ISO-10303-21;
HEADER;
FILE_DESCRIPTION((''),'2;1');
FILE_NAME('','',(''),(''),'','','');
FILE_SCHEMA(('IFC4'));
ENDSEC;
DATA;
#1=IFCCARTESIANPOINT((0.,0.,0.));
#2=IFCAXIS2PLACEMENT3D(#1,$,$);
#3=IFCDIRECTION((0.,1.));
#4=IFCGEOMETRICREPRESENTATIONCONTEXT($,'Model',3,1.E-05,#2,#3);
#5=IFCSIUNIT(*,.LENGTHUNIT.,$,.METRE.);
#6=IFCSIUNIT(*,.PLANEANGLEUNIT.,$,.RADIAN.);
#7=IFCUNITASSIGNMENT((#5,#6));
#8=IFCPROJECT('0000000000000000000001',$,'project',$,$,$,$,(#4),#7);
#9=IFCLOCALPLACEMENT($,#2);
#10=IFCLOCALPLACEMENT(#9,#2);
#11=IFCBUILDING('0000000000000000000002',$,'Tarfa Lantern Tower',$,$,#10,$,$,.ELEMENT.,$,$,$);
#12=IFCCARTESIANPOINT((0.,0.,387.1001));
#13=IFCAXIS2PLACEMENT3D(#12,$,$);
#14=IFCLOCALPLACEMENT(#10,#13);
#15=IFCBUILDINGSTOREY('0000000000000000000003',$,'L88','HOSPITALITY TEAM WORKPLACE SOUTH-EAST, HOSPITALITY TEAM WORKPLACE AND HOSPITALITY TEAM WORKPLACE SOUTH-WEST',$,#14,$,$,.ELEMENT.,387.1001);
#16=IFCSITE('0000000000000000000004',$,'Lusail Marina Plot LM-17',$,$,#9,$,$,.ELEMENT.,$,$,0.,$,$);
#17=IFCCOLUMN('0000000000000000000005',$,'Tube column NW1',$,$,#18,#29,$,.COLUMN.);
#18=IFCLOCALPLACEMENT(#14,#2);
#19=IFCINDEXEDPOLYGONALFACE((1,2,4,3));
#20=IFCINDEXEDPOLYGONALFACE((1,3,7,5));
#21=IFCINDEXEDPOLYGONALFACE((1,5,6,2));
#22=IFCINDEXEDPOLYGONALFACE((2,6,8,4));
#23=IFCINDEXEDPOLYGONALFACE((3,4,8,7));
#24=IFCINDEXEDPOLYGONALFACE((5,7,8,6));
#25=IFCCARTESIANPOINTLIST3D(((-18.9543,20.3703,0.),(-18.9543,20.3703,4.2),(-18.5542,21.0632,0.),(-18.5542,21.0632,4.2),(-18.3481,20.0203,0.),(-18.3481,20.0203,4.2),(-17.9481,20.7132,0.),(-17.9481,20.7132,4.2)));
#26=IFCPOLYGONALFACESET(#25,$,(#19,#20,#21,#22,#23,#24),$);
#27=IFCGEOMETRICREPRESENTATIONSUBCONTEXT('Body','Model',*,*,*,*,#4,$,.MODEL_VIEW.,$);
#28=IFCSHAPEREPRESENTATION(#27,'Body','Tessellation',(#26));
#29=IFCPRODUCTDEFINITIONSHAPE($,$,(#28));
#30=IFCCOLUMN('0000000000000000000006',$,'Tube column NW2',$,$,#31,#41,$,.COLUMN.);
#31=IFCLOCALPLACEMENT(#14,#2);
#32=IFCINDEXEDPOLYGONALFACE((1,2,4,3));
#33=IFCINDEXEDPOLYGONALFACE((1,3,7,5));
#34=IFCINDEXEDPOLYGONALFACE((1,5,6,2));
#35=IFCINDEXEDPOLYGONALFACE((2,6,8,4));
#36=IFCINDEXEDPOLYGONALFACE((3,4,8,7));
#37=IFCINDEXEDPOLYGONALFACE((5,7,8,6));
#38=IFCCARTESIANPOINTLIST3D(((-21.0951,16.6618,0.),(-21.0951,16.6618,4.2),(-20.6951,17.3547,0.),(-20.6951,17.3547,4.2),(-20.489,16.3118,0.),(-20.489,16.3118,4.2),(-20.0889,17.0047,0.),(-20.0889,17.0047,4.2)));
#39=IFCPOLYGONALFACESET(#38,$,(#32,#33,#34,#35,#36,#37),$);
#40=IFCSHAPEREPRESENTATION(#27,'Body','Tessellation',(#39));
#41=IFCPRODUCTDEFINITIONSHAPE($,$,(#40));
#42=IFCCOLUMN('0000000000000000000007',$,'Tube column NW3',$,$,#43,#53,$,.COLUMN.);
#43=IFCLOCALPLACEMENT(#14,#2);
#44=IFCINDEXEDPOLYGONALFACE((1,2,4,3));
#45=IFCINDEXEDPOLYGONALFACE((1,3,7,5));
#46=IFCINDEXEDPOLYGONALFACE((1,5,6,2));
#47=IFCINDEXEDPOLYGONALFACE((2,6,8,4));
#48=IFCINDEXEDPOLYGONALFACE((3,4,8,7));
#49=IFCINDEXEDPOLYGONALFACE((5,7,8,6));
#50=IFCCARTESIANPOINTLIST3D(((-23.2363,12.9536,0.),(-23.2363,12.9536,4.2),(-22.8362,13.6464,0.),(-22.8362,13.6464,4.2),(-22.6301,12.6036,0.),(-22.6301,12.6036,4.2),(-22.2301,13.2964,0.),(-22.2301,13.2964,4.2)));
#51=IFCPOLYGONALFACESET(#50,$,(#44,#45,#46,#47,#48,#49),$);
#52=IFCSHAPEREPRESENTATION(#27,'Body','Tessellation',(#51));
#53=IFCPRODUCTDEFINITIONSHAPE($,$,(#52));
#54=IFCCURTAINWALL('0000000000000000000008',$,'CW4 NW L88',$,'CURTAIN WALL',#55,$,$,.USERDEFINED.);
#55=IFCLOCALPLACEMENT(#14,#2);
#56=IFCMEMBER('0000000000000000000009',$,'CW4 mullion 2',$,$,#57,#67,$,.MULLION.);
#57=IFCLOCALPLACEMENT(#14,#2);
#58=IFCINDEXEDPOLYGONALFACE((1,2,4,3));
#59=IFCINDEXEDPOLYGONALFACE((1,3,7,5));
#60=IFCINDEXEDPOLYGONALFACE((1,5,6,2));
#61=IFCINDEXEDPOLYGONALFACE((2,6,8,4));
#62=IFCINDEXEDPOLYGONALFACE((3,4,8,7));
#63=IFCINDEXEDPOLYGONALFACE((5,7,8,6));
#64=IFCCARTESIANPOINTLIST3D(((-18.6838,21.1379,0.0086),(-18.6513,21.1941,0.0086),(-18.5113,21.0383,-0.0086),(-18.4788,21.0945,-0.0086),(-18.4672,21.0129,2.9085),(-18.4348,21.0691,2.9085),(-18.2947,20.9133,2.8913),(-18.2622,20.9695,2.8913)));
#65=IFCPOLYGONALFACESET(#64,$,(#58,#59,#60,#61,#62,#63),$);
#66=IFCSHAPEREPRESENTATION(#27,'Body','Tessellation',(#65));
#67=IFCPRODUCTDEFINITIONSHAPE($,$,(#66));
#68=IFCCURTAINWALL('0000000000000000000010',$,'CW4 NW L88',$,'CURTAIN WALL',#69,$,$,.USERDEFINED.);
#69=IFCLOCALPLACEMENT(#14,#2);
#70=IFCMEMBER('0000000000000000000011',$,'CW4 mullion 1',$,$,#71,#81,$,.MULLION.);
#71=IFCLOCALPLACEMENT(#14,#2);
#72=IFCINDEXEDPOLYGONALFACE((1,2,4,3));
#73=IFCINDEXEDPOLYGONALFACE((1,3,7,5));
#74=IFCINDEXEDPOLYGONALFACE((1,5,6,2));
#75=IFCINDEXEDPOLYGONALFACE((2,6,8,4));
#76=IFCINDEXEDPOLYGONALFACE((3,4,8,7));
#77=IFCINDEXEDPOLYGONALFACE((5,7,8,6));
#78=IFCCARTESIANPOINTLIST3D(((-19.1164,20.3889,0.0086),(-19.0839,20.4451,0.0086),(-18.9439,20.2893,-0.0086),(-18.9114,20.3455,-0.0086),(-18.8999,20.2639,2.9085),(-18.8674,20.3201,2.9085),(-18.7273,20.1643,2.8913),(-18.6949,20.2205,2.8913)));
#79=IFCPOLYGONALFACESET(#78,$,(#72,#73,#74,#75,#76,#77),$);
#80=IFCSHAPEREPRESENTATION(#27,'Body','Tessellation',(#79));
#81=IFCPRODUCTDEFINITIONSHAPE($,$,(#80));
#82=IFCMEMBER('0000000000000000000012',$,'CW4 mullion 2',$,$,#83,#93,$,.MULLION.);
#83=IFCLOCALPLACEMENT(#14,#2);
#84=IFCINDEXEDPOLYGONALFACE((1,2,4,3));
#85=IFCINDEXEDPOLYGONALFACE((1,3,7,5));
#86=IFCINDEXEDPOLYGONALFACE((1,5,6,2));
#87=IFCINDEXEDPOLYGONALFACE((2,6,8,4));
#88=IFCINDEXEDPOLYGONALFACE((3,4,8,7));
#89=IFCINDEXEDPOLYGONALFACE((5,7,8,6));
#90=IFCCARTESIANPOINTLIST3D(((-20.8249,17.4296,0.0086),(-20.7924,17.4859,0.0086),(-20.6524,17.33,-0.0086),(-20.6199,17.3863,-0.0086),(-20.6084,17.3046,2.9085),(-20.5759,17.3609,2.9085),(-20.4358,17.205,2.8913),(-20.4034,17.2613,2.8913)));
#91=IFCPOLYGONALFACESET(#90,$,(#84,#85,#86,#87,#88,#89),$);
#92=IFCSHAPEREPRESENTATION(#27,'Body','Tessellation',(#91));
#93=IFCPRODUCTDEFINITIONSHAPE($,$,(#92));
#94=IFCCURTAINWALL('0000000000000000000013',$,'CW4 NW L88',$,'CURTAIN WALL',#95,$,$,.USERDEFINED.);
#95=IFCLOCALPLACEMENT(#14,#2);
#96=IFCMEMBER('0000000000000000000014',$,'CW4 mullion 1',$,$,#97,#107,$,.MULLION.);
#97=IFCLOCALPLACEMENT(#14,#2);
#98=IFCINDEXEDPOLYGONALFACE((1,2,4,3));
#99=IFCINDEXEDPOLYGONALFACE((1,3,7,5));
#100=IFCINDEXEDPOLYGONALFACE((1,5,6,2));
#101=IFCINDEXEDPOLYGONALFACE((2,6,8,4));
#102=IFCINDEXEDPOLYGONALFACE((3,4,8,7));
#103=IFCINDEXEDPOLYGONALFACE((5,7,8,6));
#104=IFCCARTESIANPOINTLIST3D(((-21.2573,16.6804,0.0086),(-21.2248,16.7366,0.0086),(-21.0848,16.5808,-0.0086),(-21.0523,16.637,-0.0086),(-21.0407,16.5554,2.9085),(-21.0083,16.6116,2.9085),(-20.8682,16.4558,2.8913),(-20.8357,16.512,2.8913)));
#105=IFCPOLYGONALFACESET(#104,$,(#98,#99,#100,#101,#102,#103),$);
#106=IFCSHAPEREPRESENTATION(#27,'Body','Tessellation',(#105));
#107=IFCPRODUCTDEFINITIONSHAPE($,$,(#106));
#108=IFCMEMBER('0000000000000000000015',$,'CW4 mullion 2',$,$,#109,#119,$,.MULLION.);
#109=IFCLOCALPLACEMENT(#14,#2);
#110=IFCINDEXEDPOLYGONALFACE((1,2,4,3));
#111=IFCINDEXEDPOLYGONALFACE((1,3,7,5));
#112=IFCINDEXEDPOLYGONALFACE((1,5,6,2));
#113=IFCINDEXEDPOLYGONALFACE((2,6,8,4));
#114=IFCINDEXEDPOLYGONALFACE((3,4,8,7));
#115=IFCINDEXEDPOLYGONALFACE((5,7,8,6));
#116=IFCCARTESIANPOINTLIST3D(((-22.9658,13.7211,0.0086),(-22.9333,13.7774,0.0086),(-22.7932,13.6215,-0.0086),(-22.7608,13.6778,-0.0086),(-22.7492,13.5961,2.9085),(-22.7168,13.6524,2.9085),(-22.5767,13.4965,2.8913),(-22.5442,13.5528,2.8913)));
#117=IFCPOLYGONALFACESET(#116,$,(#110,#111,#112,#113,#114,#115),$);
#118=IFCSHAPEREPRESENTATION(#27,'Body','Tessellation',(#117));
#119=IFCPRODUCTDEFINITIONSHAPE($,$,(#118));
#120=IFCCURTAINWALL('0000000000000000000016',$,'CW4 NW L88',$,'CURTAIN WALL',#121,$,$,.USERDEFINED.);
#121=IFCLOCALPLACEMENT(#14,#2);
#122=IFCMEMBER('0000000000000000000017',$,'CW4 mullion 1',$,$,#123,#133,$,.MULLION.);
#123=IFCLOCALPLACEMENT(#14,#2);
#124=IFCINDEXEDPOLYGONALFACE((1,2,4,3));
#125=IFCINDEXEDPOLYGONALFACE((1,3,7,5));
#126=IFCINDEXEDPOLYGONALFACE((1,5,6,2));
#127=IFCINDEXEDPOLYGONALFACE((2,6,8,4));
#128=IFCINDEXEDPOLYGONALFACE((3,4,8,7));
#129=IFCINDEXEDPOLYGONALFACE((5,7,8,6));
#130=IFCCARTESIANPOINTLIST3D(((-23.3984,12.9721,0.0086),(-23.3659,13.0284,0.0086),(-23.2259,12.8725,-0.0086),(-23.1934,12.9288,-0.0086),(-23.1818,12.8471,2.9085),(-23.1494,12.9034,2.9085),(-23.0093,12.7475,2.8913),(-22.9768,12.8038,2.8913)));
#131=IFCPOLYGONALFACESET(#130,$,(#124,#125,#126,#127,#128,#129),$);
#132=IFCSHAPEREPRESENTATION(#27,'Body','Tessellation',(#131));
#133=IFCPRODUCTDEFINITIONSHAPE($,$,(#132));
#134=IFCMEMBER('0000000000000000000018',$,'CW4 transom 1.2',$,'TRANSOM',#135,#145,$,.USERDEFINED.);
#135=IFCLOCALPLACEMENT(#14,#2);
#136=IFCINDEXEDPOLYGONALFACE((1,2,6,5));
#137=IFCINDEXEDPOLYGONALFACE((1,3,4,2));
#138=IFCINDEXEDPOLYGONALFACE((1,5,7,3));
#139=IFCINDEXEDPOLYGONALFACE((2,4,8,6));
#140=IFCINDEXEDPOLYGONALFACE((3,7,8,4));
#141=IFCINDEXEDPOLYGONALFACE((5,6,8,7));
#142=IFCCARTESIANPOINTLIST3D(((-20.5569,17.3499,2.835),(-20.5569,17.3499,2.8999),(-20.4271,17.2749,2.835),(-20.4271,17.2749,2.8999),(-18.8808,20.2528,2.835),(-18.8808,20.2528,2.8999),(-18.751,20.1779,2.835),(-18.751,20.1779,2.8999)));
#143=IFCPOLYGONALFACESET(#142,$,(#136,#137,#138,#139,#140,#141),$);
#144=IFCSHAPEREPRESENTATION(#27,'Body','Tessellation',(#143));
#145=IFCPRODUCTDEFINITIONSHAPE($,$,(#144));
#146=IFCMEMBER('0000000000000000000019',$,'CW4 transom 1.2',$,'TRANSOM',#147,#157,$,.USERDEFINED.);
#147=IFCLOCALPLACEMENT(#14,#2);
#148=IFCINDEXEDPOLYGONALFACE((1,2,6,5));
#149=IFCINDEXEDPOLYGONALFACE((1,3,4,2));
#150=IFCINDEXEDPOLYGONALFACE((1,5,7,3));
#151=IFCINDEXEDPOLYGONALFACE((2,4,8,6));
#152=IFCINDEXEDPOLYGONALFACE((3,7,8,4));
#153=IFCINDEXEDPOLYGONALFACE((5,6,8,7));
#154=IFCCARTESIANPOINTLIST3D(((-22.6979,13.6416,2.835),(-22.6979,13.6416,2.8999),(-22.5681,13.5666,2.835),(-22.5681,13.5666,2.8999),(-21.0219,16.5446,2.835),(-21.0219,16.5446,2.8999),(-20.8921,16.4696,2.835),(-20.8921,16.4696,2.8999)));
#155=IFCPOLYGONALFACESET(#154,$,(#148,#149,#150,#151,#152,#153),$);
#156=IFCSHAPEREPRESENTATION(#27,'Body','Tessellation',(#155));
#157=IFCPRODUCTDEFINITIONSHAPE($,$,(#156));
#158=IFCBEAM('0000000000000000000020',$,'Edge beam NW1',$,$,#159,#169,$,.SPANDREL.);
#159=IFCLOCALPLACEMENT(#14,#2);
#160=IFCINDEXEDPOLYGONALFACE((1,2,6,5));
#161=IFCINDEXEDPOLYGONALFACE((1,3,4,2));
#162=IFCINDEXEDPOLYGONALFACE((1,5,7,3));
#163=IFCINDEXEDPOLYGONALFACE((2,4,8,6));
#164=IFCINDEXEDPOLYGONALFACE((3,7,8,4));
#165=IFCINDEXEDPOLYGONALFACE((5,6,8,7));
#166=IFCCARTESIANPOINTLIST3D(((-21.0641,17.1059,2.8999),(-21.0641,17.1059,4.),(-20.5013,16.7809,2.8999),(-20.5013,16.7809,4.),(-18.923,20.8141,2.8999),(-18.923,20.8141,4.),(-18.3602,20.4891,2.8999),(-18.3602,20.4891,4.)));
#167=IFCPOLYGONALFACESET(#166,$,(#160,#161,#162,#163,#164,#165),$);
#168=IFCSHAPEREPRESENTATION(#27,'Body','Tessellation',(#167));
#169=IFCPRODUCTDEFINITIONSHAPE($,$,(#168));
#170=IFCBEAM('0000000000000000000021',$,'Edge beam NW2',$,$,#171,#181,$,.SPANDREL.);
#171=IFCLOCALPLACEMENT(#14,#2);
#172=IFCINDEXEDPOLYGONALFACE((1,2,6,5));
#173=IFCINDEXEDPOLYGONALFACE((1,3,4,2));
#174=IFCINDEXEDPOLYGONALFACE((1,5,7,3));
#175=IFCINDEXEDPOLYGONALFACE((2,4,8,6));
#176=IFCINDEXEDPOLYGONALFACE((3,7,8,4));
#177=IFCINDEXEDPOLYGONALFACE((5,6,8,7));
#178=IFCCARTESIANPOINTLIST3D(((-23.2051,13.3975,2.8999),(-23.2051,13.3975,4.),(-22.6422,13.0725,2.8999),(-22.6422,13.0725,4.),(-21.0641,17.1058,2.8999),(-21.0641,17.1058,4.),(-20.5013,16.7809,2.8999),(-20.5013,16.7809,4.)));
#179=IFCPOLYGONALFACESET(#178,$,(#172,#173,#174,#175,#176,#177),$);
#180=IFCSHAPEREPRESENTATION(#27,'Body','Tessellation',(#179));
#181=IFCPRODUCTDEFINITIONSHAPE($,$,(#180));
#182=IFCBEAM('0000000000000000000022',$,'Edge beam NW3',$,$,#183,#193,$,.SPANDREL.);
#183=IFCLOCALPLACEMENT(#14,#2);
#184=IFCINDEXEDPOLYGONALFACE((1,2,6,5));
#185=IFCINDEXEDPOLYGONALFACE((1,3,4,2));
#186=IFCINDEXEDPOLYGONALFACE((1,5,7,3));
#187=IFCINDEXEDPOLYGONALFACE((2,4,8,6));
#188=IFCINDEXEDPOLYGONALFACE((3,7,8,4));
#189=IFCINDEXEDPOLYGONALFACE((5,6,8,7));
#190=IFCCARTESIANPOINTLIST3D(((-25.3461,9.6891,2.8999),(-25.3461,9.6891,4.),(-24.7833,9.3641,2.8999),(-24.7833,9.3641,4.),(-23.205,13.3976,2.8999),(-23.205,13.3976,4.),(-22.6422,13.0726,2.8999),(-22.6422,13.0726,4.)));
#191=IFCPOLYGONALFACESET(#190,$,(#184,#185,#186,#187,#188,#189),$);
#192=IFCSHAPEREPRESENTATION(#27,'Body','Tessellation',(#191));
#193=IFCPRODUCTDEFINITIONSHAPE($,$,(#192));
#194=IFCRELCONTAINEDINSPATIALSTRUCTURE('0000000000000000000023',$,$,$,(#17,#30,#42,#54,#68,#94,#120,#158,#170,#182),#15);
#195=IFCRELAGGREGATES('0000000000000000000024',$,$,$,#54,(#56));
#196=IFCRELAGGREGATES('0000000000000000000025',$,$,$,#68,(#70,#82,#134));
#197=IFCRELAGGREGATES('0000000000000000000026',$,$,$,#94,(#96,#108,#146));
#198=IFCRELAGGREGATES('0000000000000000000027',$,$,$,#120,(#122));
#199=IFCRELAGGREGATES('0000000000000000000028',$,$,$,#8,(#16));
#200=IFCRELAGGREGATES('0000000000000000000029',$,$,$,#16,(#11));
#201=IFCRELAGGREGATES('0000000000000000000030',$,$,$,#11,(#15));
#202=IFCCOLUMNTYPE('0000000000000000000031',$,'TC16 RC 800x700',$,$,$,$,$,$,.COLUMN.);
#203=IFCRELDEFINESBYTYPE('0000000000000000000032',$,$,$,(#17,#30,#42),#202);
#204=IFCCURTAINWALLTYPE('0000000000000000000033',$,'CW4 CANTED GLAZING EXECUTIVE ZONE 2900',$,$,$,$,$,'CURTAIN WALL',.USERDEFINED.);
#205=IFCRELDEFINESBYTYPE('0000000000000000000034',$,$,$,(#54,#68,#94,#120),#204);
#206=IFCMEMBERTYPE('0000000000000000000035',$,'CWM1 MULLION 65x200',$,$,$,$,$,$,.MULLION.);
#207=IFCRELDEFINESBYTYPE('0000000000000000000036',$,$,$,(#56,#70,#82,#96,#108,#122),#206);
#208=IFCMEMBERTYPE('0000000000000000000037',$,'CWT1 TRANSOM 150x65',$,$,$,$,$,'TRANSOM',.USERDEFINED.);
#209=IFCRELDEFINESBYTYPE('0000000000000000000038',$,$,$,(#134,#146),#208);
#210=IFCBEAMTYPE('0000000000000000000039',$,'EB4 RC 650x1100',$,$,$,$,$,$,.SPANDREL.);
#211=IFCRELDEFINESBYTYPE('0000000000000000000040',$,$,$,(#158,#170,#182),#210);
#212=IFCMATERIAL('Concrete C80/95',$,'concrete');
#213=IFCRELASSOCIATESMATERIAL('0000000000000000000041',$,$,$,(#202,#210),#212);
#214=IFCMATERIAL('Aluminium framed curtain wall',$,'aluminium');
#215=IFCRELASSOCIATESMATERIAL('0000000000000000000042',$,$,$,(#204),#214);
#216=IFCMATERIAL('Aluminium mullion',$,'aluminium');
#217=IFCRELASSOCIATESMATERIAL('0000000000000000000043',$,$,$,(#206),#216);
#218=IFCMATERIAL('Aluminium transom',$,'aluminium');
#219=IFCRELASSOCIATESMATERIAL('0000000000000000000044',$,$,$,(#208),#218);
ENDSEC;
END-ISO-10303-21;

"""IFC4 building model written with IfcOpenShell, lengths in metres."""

from ifc_helpers import new_model, si_unit, direction, frame, origin, origin_2d, place, context, subcontext, project, spatial, rectangle, extrude, material, material_profile, profile_set, type_object, element, aggregate, save


model = new_model("IFC4")

# Units and contexts
model_context = context("Model", 3, precision=1e-05, world=origin(), true_north=direction((0.0, 1.0)))
body_context = subcontext(model_context, "Body", "Model", "MODEL_VIEW")
ifc_project = project(units=[si_unit("LENGTHUNIT", "METRE"), si_unit("PLANEANGLEUNIT", "RADIAN")], contexts=[model_context])

# Site, building, storey
site_placement = place(None, origin())
site = spatial("IfcSite", under=ifc_project, at=site_placement, Name="Lusail Marina Plot LM-17", CompositionType="ELEMENT", RefElevation=0.0)
building_placement = place(site_placement, origin())
building = spatial("IfcBuilding", under=site, at=building_placement, Name="Tarfa Lantern Tower", CompositionType="ELEMENT")
storey_placement = place(building_placement, frame((0.0, 0.0, 387.1001)))
storey = spatial("IfcBuildingStorey", under=building, at=storey_placement, Name="L88", Description="HOSPITALITY TEAM WORKPLACE SOUTH-EAST, HOSPITALITY TEAM WORKPLACE AND HOSPITALITY TEAM WORKPLACE SOUTH-WEST", CompositionType="ELEMENT", Elevation=387.1001)

# Columns
ifc_material_1 = material(Name="Concrete C80/95", Category="concrete")
ifc_material_profile_1 = material_profile(ifc_material_1, rectangle(XDim=0.8, YDim=0.7, at=origin_2d()), Name="RC 800x700")
ifc_profile_set_1 = profile_set([ifc_material_profile_1], Name="Concrete C80/95")
column_type = type_object("IfcColumnType", Name="TC16 RC 800x700", PredefinedType="COLUMN", material=ifc_profile_set_1)
for number, where, z_axis, x_axis, name in (
    (1, (-18.4512, 20.5417, 0.0), (0.0, 0.0, 1.0), (-0.5, -0.866025, 0.0), "Tube column NW1"),
    (2, (-20.592, 16.8333, 0.0), (0.0, 0.0, 1.0), (-0.5, -0.866025, 0.0), "Tube column NW2"),
    (3, (-22.7332, 13.125, 0.0), (0.0, 0.0, 1.0), (-0.5, -0.866025, 0.0), "Tube column NW3"),
):
    element("IfcColumn", number, at=place(storey_placement, frame(where, z_axis=z_axis, x_axis=x_axis)), inside=storey, type_object=column_type, Name=name, PredefinedType="COLUMN", context=body_context, shape_type="SweptSolid", body=[
        extrude(rectangle(XDim=0.8, YDim=0.7, at=origin_2d()), origin(), (0.0, 0.0, 1.0), 4.2),
    ])

# Curtain wall, member
ifc_material_2 = material(Name="Aluminium framed curtain wall", Category="aluminium")
curtain_wall_type = type_object("IfcCurtainWallType", Name="CW4 CANTED GLAZING EXECUTIVE ZONE 2900", ElementType="CURTAIN WALL", PredefinedType="USERDEFINED", material=ifc_material_2)
curtain_wall_1_placement = place(storey_placement, origin())
curtain_wall_1 = element("IfcCurtainWall", 4, at=curtain_wall_1_placement, inside=storey, type_object=curtain_wall_type, Name="CW4 NW L88", ObjectType="CURTAIN WALL", PredefinedType="USERDEFINED")
ifc_material_3 = material(Name="Aluminium mullion", Category="aluminium")
ifc_material_profile_2 = material_profile(ifc_material_3, rectangle(XDim=0.0649, YDim=0.2, at=origin_2d()), Name="AL MULLION 65x200")
ifc_profile_set_2 = profile_set([ifc_material_profile_2], Name="Aluminium mullion")
member_type_1 = type_object("IfcMemberType", Name="CWM1 MULLION 65x200", PredefinedType="MULLION", material=ifc_profile_set_2)
member_1_placement = place(storey_placement, frame((-18.5813, 21.1162, 0.0), z_axis=(0.0744, -0.042946, 0.996303), x_axis=(0.49992, 0.866072, 0.0)))
member_1 = element("IfcMember", 5, at=member_1_placement, type_object=member_type_1, Name="CW4 mullion 2", PredefinedType="MULLION", context=body_context, shape_type="SweptSolid", body=[
    extrude(rectangle(XDim=0.0649, YDim=0.2, at=origin_2d()), origin(), (0.0, 0.0, 1.0), 2.9106),
])
aggregate(curtain_wall_1, [member_1])

# Curtain walls, members
curtain_wall_2_placement = place(storey_placement, origin())
curtain_wall_2 = element("IfcCurtainWall", 6, at=curtain_wall_2_placement, inside=storey, type_object=curtain_wall_type, Name="CW4 NW L88", ObjectType="CURTAIN WALL", PredefinedType="USERDEFINED")
member_2_placement = place(storey_placement, frame((-19.0139, 20.3672, 0.0), z_axis=(0.0744, -0.042946, 0.996303), x_axis=(0.49992, 0.866072, 0.0)))
member_2 = element("IfcMember", 7, at=member_2_placement, type_object=member_type_1, Name="CW4 mullion 1", PredefinedType="MULLION", context=body_context, shape_type="SweptSolid", body=[
    extrude(rectangle(XDim=0.0649, YDim=0.2, at=origin_2d()), origin(), (0.0, 0.0, 1.0), 2.9106),
])
member_3_placement = place(storey_placement, frame((-20.7224, 17.408, 0.0), z_axis=(0.0744, -0.042946, 0.996303), x_axis=(0.49992, 0.866072, 0.0)))
member_3 = element("IfcMember", 8, at=member_3_placement, type_object=member_type_1, Name="CW4 mullion 2", PredefinedType="MULLION", context=body_context, shape_type="SweptSolid", body=[
    extrude(rectangle(XDim=0.0649, YDim=0.2, at=origin_2d()), origin(), (0.0, 0.0, 1.0), 2.9106),
])
curtain_wall_3_placement = place(storey_placement, origin())
curtain_wall_3 = element("IfcCurtainWall", 9, at=curtain_wall_3_placement, inside=storey, type_object=curtain_wall_type, Name="CW4 NW L88", ObjectType="CURTAIN WALL", PredefinedType="USERDEFINED")
member_4_placement = place(storey_placement, frame((-21.1548, 16.6587, 0.0), z_axis=(0.0744, -0.042946, 0.996303), x_axis=(0.49992, 0.866072, 0.0)))
member_4 = element("IfcMember", 10, at=member_4_placement, type_object=member_type_1, Name="CW4 mullion 1", PredefinedType="MULLION", context=body_context, shape_type="SweptSolid", body=[
    extrude(rectangle(XDim=0.0649, YDim=0.2, at=origin_2d()), origin(), (0.0, 0.0, 1.0), 2.9106),
])
member_5_placement = place(storey_placement, frame((-22.8633, 13.6995, 0.0), z_axis=(0.0744, -0.042946, 0.996303), x_axis=(0.49992, 0.866072, 0.0)))
member_5 = element("IfcMember", 11, at=member_5_placement, type_object=member_type_1, Name="CW4 mullion 2", PredefinedType="MULLION", context=body_context, shape_type="SweptSolid", body=[
    extrude(rectangle(XDim=0.0649, YDim=0.2, at=origin_2d()), origin(), (0.0, 0.0, 1.0), 2.9106),
])

# Curtain wall, member
curtain_wall_4_placement = place(storey_placement, origin())
curtain_wall_4 = element("IfcCurtainWall", 12, at=curtain_wall_4_placement, inside=storey, type_object=curtain_wall_type, Name="CW4 NW L88", ObjectType="CURTAIN WALL", PredefinedType="USERDEFINED")
member_6_placement = place(storey_placement, frame((-23.2959, 12.9504, 0.0), z_axis=(0.0744, -0.042946, 0.996303), x_axis=(0.49992, 0.866072, 0.0)))
member_6 = element("IfcMember", 13, at=member_6_placement, type_object=member_type_1, Name="CW4 mullion 1", PredefinedType="MULLION", context=body_context, shape_type="SweptSolid", body=[
    extrude(rectangle(XDim=0.0649, YDim=0.2, at=origin_2d()), origin(), (0.0, 0.0, 1.0), 2.9106),
])

# Members
ifc_material_4 = material(Name="Aluminium transom", Category="aluminium")
ifc_material_profile_3 = material_profile(ifc_material_4, rectangle(XDim=0.1499, YDim=0.0649, at=origin_2d()), Name="AL TRANSOM 150x65")
ifc_profile_set_3 = profile_set([ifc_material_profile_3], Name="Aluminium transom")
member_type_2 = type_object("IfcMemberType", Name="CWT1 TRANSOM 150x65", ElementType="TRANSOM", PredefinedType="USERDEFINED", material=ifc_profile_set_3)
member_7_placement = place(storey_placement, frame((-18.8159, 20.2153, 2.8674), z_axis=(-0.500017, -0.866016, 0.0), x_axis=(0.866016, -0.500017, 0.0)))
member_7 = element("IfcMember", 14, at=member_7_placement, type_object=member_type_2, Name="CW4 transom 1.2", ObjectType="TRANSOM", PredefinedType="USERDEFINED", context=body_context, shape_type="SweptSolid", body=[
    extrude(rectangle(XDim=0.1499, YDim=0.0649, at=origin_2d()), origin(), (0.0, 0.0, 1.0), 3.3521),
])
member_8_placement = place(storey_placement, frame((-20.957, 16.5071, 2.8674), z_axis=(-0.499985, -0.866034, 0.0), x_axis=(0.866034, -0.499985, 0.0)))
member_8 = element("IfcMember", 15, at=member_8_placement, type_object=member_type_2, Name="CW4 transom 1.2", ObjectType="TRANSOM", PredefinedType="USERDEFINED", context=body_context, shape_type="SweptSolid", body=[
    extrude(rectangle(XDim=0.1499, YDim=0.0649, at=origin_2d()), origin(), (0.0, 0.0, 1.0), 3.3521),
])

# Beams
ifc_material_profile_4 = material_profile(ifc_material_1, rectangle(XDim=0.6499, YDim=1.1001, at=origin_2d()), Name="RC 650x1100")
ifc_profile_set_4 = profile_set([ifc_material_profile_4], Name="Concrete C80/95")
beam_type_1 = type_object("IfcBeamType", Name="EB4 RC 650x1100", PredefinedType="SPANDREL", material=ifc_profile_set_4)
for number, where, z_axis, x_axis, name in (
    (16, (-18.6416, 20.6516, 3.45), (-0.500027, -0.86601, 0.0), (0.86601, -0.500027, 0.0), "Edge beam NW1"),
    (17, (-20.7827, 16.9434, 3.45), (-0.499984, -0.866035, 0.0), (0.866035, -0.499984, 0.0), "Edge beam NW2"),
):
    element("IfcBeam", number, at=place(storey_placement, frame(where, z_axis=z_axis, x_axis=x_axis)), inside=storey, type_object=beam_type_1, Name=name, PredefinedType="SPANDREL", context=body_context, shape_type="SweptSolid", body=[
        extrude(rectangle(XDim=0.6499, YDim=1.1001, at=origin_2d()), origin(), (0.0, 0.0, 1.0), 4.282),
    ])
beam_1_placement = place(storey_placement, frame((-22.9236, 13.2351, 3.45), z_axis=(-0.500002, -0.866024, 0.0), x_axis=(0.866024, -0.500002, 0.0)))
element("IfcBeam", 18, at=beam_1_placement, inside=storey, type_object=beam_type_1, Name="Edge beam NW3", PredefinedType="SPANDREL", context=body_context, shape_type="SweptSolid", body=[
    extrude(rectangle(XDim=0.6499, YDim=1.1001, at=origin_2d()), origin(), (0.0, 0.0, 1.0), 4.2822),
])

aggregate(curtain_wall_2, [member_2, member_3, member_7])
aggregate(curtain_wall_3, [member_4, member_5, member_8])
aggregate(curtain_wall_4, [member_6])

save(model, "model.ifc")
